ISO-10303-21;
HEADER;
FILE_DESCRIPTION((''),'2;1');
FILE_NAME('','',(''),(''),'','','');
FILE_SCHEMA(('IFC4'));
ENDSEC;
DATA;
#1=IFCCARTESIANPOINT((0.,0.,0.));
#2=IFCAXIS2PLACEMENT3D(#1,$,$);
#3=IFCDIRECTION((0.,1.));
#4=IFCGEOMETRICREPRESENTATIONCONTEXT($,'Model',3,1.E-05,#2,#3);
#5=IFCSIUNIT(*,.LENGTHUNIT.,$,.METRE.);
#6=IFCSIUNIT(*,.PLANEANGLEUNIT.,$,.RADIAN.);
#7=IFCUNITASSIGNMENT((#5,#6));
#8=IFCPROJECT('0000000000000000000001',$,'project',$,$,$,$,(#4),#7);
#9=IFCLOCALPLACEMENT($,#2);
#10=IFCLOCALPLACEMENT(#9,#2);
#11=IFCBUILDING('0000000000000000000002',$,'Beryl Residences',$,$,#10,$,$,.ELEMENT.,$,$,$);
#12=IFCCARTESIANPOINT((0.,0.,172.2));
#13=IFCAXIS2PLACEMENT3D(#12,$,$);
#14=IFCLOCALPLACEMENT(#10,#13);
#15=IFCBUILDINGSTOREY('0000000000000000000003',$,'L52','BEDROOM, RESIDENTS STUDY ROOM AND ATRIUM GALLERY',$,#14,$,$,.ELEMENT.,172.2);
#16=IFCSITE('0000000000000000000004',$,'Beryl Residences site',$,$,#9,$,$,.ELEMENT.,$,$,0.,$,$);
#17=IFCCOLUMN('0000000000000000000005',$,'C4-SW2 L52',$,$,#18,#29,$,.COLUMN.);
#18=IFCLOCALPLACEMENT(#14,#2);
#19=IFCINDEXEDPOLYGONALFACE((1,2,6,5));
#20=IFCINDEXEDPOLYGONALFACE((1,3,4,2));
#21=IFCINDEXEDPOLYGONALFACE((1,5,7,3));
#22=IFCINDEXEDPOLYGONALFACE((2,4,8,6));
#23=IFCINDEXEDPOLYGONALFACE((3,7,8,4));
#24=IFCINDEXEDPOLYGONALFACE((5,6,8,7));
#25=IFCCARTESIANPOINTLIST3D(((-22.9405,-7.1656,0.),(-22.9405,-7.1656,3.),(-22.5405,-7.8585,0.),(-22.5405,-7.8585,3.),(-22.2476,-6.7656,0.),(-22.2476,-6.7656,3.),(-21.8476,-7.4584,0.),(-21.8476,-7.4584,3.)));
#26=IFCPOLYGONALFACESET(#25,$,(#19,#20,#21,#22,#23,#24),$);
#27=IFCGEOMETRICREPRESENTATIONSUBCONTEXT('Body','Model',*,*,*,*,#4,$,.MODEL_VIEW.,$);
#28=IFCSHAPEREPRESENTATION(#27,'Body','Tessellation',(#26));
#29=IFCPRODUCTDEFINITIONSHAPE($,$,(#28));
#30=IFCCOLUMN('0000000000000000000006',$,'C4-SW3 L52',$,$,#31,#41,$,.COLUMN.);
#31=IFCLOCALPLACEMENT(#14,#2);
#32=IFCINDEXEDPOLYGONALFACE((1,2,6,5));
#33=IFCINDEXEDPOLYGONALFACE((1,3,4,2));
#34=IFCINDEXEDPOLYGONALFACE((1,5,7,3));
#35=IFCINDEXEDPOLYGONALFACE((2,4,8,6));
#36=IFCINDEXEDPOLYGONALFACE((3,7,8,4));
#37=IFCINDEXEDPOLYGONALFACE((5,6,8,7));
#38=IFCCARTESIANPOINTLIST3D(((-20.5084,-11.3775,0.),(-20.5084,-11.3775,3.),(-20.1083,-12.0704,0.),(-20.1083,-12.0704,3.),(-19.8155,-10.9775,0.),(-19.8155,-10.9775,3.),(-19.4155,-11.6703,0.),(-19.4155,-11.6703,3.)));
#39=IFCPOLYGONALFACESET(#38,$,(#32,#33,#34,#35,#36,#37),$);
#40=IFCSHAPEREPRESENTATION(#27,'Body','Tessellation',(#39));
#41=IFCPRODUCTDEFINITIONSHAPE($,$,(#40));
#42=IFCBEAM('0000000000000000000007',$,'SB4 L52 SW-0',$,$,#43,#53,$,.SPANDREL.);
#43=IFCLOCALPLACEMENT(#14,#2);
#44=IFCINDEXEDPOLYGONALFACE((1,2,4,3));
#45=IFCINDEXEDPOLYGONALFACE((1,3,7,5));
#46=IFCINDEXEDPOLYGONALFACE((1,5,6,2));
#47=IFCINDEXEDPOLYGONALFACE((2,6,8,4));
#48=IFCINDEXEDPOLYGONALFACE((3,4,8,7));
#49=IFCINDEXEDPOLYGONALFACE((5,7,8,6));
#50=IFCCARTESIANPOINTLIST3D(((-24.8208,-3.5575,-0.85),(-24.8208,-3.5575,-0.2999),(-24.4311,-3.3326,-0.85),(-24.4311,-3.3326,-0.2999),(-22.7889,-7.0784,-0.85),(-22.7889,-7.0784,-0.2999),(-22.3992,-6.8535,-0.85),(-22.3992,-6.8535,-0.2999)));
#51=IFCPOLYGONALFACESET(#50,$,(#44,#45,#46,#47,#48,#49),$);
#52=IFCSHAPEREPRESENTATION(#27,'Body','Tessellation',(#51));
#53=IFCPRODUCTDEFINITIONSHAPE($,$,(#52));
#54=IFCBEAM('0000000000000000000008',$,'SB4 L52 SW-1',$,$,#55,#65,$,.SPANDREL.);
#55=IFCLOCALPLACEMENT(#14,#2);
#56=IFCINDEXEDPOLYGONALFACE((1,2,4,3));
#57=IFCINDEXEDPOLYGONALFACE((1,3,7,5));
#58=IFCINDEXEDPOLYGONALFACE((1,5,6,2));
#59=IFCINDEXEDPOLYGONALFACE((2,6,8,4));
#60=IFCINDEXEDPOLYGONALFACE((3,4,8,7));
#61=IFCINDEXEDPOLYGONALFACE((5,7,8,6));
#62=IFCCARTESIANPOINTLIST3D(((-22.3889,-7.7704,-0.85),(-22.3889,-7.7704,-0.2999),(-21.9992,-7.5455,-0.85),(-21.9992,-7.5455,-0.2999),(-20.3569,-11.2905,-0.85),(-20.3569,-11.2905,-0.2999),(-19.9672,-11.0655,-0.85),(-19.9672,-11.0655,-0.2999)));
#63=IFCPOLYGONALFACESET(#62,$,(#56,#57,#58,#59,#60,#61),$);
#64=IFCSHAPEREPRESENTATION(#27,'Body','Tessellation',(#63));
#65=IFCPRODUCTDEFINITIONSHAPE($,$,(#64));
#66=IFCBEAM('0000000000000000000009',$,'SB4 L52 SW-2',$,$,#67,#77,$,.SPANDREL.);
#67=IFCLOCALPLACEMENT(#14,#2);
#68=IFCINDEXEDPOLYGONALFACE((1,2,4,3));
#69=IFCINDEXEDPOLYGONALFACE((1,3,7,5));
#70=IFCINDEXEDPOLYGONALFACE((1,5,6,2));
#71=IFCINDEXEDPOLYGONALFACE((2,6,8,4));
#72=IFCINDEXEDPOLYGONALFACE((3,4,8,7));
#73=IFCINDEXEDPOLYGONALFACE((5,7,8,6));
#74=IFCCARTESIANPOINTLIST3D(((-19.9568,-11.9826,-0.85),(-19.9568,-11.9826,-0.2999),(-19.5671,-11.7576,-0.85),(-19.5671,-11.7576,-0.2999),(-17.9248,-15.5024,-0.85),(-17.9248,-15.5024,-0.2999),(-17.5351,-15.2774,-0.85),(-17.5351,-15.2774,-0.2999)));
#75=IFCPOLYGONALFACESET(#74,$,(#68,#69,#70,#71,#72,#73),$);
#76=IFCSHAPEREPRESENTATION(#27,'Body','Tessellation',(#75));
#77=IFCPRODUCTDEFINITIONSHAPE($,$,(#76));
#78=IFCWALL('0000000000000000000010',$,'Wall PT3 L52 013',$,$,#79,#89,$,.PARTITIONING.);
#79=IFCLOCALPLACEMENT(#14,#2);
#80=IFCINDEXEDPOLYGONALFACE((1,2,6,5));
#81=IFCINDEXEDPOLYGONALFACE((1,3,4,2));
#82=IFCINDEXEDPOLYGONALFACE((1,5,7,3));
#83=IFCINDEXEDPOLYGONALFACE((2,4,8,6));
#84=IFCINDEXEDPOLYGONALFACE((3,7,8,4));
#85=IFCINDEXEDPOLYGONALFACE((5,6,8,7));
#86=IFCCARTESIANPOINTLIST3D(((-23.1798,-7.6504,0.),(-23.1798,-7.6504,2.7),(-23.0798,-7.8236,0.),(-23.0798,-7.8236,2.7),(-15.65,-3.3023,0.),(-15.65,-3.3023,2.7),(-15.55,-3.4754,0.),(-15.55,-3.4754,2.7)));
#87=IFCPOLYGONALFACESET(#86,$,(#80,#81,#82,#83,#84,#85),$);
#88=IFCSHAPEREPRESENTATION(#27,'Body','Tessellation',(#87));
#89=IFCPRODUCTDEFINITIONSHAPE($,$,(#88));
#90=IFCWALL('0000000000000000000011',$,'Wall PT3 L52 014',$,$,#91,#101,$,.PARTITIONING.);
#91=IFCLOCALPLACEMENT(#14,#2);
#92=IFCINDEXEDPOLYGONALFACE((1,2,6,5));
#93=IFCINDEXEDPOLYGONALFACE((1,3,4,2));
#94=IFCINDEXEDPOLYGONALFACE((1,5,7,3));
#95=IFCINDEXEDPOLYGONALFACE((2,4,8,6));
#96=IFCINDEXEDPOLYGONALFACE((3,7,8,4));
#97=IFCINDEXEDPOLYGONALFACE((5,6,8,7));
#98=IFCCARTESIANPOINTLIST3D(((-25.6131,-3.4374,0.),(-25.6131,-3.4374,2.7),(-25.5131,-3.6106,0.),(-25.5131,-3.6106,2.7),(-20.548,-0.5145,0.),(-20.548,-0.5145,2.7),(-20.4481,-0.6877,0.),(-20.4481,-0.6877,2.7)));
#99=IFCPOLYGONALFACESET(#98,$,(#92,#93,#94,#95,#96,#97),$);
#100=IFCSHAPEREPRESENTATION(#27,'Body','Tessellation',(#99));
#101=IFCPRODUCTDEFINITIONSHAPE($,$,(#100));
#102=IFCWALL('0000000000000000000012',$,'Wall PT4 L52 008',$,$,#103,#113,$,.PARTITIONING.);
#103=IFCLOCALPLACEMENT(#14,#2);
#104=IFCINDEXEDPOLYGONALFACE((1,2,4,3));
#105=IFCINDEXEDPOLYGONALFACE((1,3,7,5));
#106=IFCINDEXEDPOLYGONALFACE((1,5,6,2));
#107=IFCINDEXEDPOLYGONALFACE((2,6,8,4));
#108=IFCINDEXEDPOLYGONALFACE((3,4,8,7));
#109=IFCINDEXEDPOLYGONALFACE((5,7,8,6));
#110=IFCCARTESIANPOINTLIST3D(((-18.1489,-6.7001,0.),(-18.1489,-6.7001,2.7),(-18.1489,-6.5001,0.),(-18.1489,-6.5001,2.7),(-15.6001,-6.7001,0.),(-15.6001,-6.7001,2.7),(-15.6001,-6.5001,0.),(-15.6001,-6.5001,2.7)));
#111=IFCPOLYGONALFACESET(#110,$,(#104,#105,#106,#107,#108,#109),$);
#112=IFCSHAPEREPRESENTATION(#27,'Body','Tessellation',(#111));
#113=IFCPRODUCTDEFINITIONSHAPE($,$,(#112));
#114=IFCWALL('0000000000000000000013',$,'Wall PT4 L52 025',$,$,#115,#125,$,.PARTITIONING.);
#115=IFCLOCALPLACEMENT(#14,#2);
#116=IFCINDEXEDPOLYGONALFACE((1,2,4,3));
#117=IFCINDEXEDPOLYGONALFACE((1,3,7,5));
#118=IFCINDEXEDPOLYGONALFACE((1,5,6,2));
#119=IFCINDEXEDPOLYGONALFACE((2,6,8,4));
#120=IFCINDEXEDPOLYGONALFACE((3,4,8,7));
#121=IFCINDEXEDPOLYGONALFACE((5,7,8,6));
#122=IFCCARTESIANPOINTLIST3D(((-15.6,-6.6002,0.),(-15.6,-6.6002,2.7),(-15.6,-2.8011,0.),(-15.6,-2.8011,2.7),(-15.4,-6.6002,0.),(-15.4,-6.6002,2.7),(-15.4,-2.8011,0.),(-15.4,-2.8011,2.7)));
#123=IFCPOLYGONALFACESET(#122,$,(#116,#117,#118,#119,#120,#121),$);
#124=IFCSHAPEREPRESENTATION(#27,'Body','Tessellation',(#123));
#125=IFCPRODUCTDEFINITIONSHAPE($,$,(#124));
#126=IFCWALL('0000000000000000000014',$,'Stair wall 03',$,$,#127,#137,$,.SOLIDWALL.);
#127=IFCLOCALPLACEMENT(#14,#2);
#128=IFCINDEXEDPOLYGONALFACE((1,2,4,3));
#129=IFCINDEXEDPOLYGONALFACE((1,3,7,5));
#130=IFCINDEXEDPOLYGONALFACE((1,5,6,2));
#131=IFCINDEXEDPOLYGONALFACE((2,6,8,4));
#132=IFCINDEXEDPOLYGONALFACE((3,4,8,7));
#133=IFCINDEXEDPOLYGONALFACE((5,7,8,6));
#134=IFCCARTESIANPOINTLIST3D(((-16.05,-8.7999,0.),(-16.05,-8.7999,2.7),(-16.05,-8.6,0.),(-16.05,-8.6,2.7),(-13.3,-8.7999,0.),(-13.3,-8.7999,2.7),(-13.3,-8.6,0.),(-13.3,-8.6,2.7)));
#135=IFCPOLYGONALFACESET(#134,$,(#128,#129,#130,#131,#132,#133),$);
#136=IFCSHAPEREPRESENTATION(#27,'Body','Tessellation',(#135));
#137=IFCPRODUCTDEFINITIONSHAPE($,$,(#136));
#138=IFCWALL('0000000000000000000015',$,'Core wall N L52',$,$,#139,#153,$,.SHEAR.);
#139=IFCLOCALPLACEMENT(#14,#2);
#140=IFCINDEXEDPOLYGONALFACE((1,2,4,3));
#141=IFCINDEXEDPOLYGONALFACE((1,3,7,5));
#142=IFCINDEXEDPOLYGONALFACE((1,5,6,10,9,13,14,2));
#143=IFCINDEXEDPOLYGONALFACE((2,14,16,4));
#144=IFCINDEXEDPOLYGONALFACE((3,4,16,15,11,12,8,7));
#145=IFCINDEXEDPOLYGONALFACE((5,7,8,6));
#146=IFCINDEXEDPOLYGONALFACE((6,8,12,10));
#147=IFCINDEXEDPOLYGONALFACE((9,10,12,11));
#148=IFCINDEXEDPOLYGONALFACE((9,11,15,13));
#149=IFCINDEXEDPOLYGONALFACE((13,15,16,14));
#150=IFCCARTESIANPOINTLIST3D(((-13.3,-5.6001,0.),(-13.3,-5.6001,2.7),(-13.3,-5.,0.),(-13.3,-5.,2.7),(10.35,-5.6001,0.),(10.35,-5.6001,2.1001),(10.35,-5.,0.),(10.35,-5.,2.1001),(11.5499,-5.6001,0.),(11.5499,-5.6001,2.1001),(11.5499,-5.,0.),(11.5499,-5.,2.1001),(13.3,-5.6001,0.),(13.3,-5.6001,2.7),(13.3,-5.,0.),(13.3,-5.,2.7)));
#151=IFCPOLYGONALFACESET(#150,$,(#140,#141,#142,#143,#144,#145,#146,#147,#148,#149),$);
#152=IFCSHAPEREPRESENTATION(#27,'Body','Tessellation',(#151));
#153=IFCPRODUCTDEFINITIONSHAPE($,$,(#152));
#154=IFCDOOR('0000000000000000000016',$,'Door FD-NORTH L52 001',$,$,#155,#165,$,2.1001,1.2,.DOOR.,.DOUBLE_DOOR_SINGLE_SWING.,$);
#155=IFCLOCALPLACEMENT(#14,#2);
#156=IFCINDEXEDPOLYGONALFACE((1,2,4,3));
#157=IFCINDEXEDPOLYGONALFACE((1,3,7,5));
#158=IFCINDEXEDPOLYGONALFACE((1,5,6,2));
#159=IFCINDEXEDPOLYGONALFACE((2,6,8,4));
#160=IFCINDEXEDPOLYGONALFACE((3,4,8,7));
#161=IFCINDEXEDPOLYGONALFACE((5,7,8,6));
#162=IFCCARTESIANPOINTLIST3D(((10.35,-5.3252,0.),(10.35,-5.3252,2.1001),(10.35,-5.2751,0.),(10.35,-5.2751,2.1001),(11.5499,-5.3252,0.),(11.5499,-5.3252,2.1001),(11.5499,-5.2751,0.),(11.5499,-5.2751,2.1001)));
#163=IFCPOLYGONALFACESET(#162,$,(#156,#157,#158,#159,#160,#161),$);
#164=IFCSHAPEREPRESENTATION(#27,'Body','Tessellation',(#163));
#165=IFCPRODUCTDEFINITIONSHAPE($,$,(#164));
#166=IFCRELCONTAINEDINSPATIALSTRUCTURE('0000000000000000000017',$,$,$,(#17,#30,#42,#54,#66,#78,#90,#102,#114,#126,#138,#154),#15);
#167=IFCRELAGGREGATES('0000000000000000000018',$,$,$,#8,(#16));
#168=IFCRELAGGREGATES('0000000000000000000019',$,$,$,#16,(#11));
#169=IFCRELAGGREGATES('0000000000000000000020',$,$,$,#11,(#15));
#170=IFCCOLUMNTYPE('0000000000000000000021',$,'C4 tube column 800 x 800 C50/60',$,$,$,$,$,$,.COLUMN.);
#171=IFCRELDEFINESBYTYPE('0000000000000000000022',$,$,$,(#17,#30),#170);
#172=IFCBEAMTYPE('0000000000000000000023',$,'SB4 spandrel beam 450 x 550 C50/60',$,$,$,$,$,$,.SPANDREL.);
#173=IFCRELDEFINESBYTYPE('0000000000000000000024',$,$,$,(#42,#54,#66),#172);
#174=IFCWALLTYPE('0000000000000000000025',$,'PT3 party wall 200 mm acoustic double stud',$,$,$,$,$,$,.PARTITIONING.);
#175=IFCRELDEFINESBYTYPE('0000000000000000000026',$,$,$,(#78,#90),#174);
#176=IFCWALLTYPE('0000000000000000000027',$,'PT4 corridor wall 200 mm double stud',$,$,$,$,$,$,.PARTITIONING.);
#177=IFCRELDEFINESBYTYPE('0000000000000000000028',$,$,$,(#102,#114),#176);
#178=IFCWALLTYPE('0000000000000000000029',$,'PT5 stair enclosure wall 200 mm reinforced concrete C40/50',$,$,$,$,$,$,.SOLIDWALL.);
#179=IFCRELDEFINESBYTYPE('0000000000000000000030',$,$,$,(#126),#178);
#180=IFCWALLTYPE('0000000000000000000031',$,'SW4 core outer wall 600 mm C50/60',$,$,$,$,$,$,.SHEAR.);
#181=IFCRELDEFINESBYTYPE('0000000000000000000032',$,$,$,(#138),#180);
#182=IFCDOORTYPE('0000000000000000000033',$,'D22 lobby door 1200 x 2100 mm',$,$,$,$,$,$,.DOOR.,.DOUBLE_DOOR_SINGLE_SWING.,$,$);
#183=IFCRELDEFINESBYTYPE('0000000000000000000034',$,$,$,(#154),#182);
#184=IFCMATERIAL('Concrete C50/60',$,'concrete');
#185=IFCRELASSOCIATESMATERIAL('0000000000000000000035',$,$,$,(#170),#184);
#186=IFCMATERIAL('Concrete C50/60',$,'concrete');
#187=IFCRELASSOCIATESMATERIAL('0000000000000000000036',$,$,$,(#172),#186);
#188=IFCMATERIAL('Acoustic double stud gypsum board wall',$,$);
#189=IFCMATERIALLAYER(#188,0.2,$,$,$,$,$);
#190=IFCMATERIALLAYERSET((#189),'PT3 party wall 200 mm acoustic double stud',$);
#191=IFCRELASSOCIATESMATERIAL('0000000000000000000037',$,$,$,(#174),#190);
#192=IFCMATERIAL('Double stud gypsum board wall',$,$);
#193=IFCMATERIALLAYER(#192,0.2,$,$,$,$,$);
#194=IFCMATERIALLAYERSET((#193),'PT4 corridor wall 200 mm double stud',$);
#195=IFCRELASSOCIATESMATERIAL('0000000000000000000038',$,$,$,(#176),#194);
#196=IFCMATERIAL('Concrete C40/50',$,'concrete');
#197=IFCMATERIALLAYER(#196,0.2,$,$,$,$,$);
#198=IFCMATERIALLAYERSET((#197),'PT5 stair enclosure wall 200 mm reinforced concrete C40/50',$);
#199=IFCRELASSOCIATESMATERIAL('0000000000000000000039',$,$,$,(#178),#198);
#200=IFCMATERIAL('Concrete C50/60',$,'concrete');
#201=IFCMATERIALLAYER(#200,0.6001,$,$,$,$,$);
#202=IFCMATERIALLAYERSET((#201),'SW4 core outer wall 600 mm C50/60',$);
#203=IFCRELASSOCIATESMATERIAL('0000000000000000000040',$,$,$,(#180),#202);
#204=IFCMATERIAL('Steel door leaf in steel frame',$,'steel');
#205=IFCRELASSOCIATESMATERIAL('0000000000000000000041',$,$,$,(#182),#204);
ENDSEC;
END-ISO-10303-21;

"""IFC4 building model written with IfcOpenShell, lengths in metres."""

from ifc_helpers import new_model, si_unit, direction, frame, frame_2d, origin, origin_2d, place, context, subcontext, project, spatial, rectangle, extrude, material, layer, layer_set, material_profile, profile_set, type_object, element, fill, save


model = new_model("IFC4")

# Units and contexts
model_context = context("Model", 3, precision=1e-05, world=origin(), true_north=direction((0.0, 1.0)))
body_context = subcontext(model_context, "Body", "Model", "MODEL_VIEW")
ifc_project = project(units=[si_unit("LENGTHUNIT", "METRE"), si_unit("PLANEANGLEUNIT", "RADIAN")], contexts=[model_context])

# Site, building, storey
site_placement = place(None, origin())
site = spatial("IfcSite", under=ifc_project, at=site_placement, Name="Beryl Residences site", CompositionType="ELEMENT", RefElevation=0.0)
building_placement = place(site_placement, origin())
building = spatial("IfcBuilding", under=site, at=building_placement, Name="Beryl Residences", CompositionType="ELEMENT")
storey_placement = place(building_placement, frame((0.0, 0.0, 172.2)))
storey = spatial("IfcBuildingStorey", under=building, at=storey_placement, Name="L52", Description="BEDROOM, RESIDENTS STUDY ROOM AND ATRIUM GALLERY", CompositionType="ELEMENT", Elevation=172.2)

# Columns
ifc_material_1 = material(Name="Concrete C50/60", Category="concrete")
ifc_material_profile_1 = material_profile(ifc_material_1, rectangle(XDim=0.8, YDim=0.8, at=origin_2d()))
ifc_profile_set_1 = profile_set([ifc_material_profile_1], Name="Concrete C50/60")
column_type = type_object("IfcColumnType", Name="C4 tube column 800 x 800 C50/60", PredefinedType="COLUMN", material=ifc_profile_set_1)
for number, where, z_axis, x_axis, name in (
    (1, (-22.394, -7.312, 0.0), (0.0, 0.0, 1.0), (0.5, -0.866025, 0.0), "C4-SW2 L52"),
    (2, (-19.9619, -11.5239, 0.0), (0.0, 0.0, 1.0), (0.5, -0.866025, 0.0), "C4-SW3 L52"),
):
    element("IfcColumn", number, at=place(storey_placement, frame(where, z_axis=z_axis, x_axis=x_axis)), inside=storey, type_object=column_type, Name=name, PredefinedType="COLUMN", context=body_context, shape_type="SweptSolid", body=[
        extrude(rectangle(XDim=0.8, YDim=0.8, at=origin_2d()), origin(), (0.0, 0.0, 1.0), 3.0),
    ])

# Beams
ifc_material_2 = material(Name="Concrete C50/60", Category="concrete")
ifc_material_profile_2 = material_profile(ifc_material_2, rectangle(XDim=0.45, YDim=0.55, at=origin_2d()))
ifc_profile_set_2 = profile_set([ifc_material_profile_2], Name="Concrete C50/60")
beam_type = type_object("IfcBeamType", Name="SB4 spandrel beam 450 x 550 C50/60", PredefinedType="SPANDREL", material=ifc_profile_set_2)
beam_1_placement = place(storey_placement, frame((-24.626, -3.4451, -0.575), z_axis=(0.49984, -0.866118, 0.0), x_axis=(0.866118, 0.49984, 0.0)))
element("IfcBeam", 3, at=beam_1_placement, inside=storey, type_object=beam_type, Name="SB4 L52 SW-0", PredefinedType="SPANDREL", context=body_context, shape_type="SweptSolid", body=[
    extrude(rectangle(XDim=0.45, YDim=0.55, at=origin_2d()), origin(), (0.0, 0.0, 1.0), 4.0652),
])
beam_2_placement = place(storey_placement, frame((-22.1941, -7.658, -0.575), z_axis=(0.499944, -0.866058, 0.0), x_axis=(0.866058, 0.499944, 0.0)))
element("IfcBeam", 4, at=beam_2_placement, inside=storey, type_object=beam_type, Name="SB4 L52 SW-1", PredefinedType="SPANDREL", context=body_context, shape_type="SweptSolid", body=[
    extrude(rectangle(XDim=0.45, YDim=0.55, at=origin_2d()), origin(), (0.0, 0.0, 1.0), 4.0645),
])
beam_3_placement = place(storey_placement, frame((-19.762, -11.8701, -0.575), z_axis=(0.49997, -0.866043, 0.0), x_axis=(0.866043, 0.49997, 0.0)))
element("IfcBeam", 5, at=beam_3_placement, inside=storey, type_object=beam_type, Name="SB4 L52 SW-2", PredefinedType="SPANDREL", context=body_context, shape_type="SweptSolid", body=[
    extrude(rectangle(XDim=0.45, YDim=0.55, at=origin_2d()), origin(), (0.0, 0.0, 1.0), 4.0642),
])

# Walls
ifc_material_3 = material(Name="Acoustic double stud gypsum board wall")
ifc_layer_1 = layer(ifc_material_3, 0.2)
ifc_layer_set_1 = layer_set([ifc_layer_1], Name="PT3 party wall 200 mm acoustic double stud")
wall_type_1 = type_object("IfcWallType", Name="PT3 party wall 200 mm acoustic double stud", PredefinedType="PARTITIONING", material=ifc_layer_set_1)
wall_1_placement = place(storey_placement, frame((-23.1299, -7.7371, 0.0), z_axis=(0.0, 0.0, 1.0), x_axis=(0.865985, 0.500071, 0.0)))
element("IfcWall", 6, at=wall_1_placement, inside=storey, type_object=wall_type_1, Name="Wall PT3 L52 013", PredefinedType="PARTITIONING", context=body_context, shape_type="SweptSolid", body=[
    extrude(rectangle(XDim=8.6951, YDim=0.2, at=frame_2d((4.3477, 0.0))), origin(), (0.0, 0.0, 1.0), 2.7),
])
wall_2_placement = place(storey_placement, frame((-25.563, -3.5239, 0.0), z_axis=(0.0, 0.0, 1.0), x_axis=(0.866129, 0.499821, 0.0)))
element("IfcWall", 7, at=wall_2_placement, inside=storey, type_object=wall_type_1, Name="Wall PT3 L52 014", PredefinedType="PARTITIONING", context=body_context, shape_type="SweptSolid", body=[
    extrude(rectangle(XDim=5.8479, YDim=0.2, at=frame_2d((2.9238, 0.0))), origin(), (0.0, 0.0, 1.0), 2.7),
])
ifc_material_4 = material(Name="Double stud gypsum board wall")
ifc_layer_2 = layer(ifc_material_4, 0.2)
ifc_layer_set_2 = layer_set([ifc_layer_2], Name="PT4 corridor wall 200 mm double stud")
wall_type_2 = type_object("IfcWallType", Name="PT4 corridor wall 200 mm double stud", PredefinedType="PARTITIONING", material=ifc_layer_set_2)
wall_3_placement = place(storey_placement, frame((-18.1489, -6.6001, 0.0), z_axis=(0.0, 0.0, 1.0), x_axis=(1.0, 0.0, 0.0)))
element("IfcWall", 8, at=wall_3_placement, inside=storey, type_object=wall_type_2, Name="Wall PT4 L52 008", PredefinedType="PARTITIONING", context=body_context, shape_type="SweptSolid", body=[
    extrude(rectangle(XDim=2.5488, YDim=0.2, at=frame_2d((1.2744, 0.0))), origin(), (0.0, 0.0, 1.0), 2.7),
])
wall_4_placement = place(storey_placement, frame((-15.5, -6.6001, 0.0), z_axis=(0.0, 0.0, 1.0), x_axis=(0.0, 1.0, 0.0)))
element("IfcWall", 9, at=wall_4_placement, inside=storey, type_object=wall_type_2, Name="Wall PT4 L52 025", PredefinedType="PARTITIONING", context=body_context, shape_type="SweptSolid", body=[
    extrude(rectangle(XDim=3.7991, YDim=0.2, at=frame_2d((1.8994, 0.0))), origin(), (0.0, 0.0, 1.0), 2.7),
])
ifc_material_5 = material(Name="Concrete C40/50", Category="concrete")
ifc_layer_3 = layer(ifc_material_5, 0.2)
ifc_layer_set_3 = layer_set([ifc_layer_3], Name="PT5 stair enclosure wall 200 mm reinforced concrete C40/50")
wall_type_3 = type_object("IfcWallType", Name="PT5 stair enclosure wall 200 mm reinforced concrete C40/50", PredefinedType="SOLIDWALL", material=ifc_layer_set_3)
wall_5_placement = place(storey_placement, frame((-16.05, -8.7, 0.0), z_axis=(0.0, 0.0, 1.0), x_axis=(1.0, 0.0, 0.0)))
element("IfcWall", 10, at=wall_5_placement, inside=storey, type_object=wall_type_3, Name="Stair wall 03", PredefinedType="SOLIDWALL", context=body_context, shape_type="SweptSolid", body=[
    extrude(rectangle(XDim=2.75, YDim=0.2, at=frame_2d((1.375, 0.0))), origin(), (0.0, 0.0, 1.0), 2.7),
])

# Wall, opening, door
ifc_material_6 = material(Name="Concrete C50/60", Category="concrete")
ifc_layer_4 = layer(ifc_material_6, 0.6001)
ifc_layer_set_4 = layer_set([ifc_layer_4], Name="SW4 core outer wall 600 mm C50/60")
wall_type_4 = type_object("IfcWallType", Name="SW4 core outer wall 600 mm C50/60", PredefinedType="SHEAR", material=ifc_layer_set_4)
wall_6_placement = place(storey_placement, frame((-13.3, -5.3, 0.0), z_axis=(0.0, 0.0, 1.0), x_axis=(1.0, 0.0, 0.0)))
wall_6 = element("IfcWall", 11, at=wall_6_placement, inside=storey, type_object=wall_type_4, Name="Core wall N L52", PredefinedType="SHEAR", context=body_context, shape_type="SweptSolid", body=[
    extrude(rectangle(XDim=26.6001, YDim=0.6001, at=frame_2d((13.3, 0.0))), origin(), (0.0, 0.0, 1.0), 2.7),
])
opening_placement = place(wall_6_placement, frame((23.6499, 0.0, 0.0)))
opening = element("IfcOpeningElement", 12, at=opening_placement, cuts=wall_6, PredefinedType="OPENING", context=body_context, shape_type="SweptSolid", body=[
    extrude(rectangle(XDim=1.2, YDim=2.1001, at=frame_2d((0.6001, 1.05))), frame((0.0, 0.3101, 0.0), z_axis=(0.0, -1.0, 0.0), x_axis=(1.0, 0.0, 0.0)), (0.0, 0.0, 1.0), 0.6201),
])
ifc_material_7 = material(Name="Steel door leaf in steel frame", Category="steel")
door_type = type_object("IfcDoorType", Name="D22 lobby door 1200 x 2100 mm", OperationType="DOUBLE_DOOR_SINGLE_SWING", PredefinedType="DOOR", material=ifc_material_7)
door_placement = place(opening_placement, origin())
door = element("IfcDoor", 13, at=door_placement, inside=storey, type_object=door_type, Name="Door FD-NORTH L52 001", OperationType="DOUBLE_DOOR_SINGLE_SWING", OverallHeight=2.1001, OverallWidth=1.2, PredefinedType="DOOR", context=body_context, shape_type="SweptSolid", body=[
    extrude(rectangle(XDim=1.2, YDim=2.1001, at=frame_2d((0.6001, 1.05))), frame((0.0, 0.0249, 0.0), z_axis=(0.0, -1.0, 0.0), x_axis=(1.0, 0.0, 0.0)), (0.0, 0.0, 1.0), 0.05),
])
fill(opening, door)

save(model, "model.ifc")
